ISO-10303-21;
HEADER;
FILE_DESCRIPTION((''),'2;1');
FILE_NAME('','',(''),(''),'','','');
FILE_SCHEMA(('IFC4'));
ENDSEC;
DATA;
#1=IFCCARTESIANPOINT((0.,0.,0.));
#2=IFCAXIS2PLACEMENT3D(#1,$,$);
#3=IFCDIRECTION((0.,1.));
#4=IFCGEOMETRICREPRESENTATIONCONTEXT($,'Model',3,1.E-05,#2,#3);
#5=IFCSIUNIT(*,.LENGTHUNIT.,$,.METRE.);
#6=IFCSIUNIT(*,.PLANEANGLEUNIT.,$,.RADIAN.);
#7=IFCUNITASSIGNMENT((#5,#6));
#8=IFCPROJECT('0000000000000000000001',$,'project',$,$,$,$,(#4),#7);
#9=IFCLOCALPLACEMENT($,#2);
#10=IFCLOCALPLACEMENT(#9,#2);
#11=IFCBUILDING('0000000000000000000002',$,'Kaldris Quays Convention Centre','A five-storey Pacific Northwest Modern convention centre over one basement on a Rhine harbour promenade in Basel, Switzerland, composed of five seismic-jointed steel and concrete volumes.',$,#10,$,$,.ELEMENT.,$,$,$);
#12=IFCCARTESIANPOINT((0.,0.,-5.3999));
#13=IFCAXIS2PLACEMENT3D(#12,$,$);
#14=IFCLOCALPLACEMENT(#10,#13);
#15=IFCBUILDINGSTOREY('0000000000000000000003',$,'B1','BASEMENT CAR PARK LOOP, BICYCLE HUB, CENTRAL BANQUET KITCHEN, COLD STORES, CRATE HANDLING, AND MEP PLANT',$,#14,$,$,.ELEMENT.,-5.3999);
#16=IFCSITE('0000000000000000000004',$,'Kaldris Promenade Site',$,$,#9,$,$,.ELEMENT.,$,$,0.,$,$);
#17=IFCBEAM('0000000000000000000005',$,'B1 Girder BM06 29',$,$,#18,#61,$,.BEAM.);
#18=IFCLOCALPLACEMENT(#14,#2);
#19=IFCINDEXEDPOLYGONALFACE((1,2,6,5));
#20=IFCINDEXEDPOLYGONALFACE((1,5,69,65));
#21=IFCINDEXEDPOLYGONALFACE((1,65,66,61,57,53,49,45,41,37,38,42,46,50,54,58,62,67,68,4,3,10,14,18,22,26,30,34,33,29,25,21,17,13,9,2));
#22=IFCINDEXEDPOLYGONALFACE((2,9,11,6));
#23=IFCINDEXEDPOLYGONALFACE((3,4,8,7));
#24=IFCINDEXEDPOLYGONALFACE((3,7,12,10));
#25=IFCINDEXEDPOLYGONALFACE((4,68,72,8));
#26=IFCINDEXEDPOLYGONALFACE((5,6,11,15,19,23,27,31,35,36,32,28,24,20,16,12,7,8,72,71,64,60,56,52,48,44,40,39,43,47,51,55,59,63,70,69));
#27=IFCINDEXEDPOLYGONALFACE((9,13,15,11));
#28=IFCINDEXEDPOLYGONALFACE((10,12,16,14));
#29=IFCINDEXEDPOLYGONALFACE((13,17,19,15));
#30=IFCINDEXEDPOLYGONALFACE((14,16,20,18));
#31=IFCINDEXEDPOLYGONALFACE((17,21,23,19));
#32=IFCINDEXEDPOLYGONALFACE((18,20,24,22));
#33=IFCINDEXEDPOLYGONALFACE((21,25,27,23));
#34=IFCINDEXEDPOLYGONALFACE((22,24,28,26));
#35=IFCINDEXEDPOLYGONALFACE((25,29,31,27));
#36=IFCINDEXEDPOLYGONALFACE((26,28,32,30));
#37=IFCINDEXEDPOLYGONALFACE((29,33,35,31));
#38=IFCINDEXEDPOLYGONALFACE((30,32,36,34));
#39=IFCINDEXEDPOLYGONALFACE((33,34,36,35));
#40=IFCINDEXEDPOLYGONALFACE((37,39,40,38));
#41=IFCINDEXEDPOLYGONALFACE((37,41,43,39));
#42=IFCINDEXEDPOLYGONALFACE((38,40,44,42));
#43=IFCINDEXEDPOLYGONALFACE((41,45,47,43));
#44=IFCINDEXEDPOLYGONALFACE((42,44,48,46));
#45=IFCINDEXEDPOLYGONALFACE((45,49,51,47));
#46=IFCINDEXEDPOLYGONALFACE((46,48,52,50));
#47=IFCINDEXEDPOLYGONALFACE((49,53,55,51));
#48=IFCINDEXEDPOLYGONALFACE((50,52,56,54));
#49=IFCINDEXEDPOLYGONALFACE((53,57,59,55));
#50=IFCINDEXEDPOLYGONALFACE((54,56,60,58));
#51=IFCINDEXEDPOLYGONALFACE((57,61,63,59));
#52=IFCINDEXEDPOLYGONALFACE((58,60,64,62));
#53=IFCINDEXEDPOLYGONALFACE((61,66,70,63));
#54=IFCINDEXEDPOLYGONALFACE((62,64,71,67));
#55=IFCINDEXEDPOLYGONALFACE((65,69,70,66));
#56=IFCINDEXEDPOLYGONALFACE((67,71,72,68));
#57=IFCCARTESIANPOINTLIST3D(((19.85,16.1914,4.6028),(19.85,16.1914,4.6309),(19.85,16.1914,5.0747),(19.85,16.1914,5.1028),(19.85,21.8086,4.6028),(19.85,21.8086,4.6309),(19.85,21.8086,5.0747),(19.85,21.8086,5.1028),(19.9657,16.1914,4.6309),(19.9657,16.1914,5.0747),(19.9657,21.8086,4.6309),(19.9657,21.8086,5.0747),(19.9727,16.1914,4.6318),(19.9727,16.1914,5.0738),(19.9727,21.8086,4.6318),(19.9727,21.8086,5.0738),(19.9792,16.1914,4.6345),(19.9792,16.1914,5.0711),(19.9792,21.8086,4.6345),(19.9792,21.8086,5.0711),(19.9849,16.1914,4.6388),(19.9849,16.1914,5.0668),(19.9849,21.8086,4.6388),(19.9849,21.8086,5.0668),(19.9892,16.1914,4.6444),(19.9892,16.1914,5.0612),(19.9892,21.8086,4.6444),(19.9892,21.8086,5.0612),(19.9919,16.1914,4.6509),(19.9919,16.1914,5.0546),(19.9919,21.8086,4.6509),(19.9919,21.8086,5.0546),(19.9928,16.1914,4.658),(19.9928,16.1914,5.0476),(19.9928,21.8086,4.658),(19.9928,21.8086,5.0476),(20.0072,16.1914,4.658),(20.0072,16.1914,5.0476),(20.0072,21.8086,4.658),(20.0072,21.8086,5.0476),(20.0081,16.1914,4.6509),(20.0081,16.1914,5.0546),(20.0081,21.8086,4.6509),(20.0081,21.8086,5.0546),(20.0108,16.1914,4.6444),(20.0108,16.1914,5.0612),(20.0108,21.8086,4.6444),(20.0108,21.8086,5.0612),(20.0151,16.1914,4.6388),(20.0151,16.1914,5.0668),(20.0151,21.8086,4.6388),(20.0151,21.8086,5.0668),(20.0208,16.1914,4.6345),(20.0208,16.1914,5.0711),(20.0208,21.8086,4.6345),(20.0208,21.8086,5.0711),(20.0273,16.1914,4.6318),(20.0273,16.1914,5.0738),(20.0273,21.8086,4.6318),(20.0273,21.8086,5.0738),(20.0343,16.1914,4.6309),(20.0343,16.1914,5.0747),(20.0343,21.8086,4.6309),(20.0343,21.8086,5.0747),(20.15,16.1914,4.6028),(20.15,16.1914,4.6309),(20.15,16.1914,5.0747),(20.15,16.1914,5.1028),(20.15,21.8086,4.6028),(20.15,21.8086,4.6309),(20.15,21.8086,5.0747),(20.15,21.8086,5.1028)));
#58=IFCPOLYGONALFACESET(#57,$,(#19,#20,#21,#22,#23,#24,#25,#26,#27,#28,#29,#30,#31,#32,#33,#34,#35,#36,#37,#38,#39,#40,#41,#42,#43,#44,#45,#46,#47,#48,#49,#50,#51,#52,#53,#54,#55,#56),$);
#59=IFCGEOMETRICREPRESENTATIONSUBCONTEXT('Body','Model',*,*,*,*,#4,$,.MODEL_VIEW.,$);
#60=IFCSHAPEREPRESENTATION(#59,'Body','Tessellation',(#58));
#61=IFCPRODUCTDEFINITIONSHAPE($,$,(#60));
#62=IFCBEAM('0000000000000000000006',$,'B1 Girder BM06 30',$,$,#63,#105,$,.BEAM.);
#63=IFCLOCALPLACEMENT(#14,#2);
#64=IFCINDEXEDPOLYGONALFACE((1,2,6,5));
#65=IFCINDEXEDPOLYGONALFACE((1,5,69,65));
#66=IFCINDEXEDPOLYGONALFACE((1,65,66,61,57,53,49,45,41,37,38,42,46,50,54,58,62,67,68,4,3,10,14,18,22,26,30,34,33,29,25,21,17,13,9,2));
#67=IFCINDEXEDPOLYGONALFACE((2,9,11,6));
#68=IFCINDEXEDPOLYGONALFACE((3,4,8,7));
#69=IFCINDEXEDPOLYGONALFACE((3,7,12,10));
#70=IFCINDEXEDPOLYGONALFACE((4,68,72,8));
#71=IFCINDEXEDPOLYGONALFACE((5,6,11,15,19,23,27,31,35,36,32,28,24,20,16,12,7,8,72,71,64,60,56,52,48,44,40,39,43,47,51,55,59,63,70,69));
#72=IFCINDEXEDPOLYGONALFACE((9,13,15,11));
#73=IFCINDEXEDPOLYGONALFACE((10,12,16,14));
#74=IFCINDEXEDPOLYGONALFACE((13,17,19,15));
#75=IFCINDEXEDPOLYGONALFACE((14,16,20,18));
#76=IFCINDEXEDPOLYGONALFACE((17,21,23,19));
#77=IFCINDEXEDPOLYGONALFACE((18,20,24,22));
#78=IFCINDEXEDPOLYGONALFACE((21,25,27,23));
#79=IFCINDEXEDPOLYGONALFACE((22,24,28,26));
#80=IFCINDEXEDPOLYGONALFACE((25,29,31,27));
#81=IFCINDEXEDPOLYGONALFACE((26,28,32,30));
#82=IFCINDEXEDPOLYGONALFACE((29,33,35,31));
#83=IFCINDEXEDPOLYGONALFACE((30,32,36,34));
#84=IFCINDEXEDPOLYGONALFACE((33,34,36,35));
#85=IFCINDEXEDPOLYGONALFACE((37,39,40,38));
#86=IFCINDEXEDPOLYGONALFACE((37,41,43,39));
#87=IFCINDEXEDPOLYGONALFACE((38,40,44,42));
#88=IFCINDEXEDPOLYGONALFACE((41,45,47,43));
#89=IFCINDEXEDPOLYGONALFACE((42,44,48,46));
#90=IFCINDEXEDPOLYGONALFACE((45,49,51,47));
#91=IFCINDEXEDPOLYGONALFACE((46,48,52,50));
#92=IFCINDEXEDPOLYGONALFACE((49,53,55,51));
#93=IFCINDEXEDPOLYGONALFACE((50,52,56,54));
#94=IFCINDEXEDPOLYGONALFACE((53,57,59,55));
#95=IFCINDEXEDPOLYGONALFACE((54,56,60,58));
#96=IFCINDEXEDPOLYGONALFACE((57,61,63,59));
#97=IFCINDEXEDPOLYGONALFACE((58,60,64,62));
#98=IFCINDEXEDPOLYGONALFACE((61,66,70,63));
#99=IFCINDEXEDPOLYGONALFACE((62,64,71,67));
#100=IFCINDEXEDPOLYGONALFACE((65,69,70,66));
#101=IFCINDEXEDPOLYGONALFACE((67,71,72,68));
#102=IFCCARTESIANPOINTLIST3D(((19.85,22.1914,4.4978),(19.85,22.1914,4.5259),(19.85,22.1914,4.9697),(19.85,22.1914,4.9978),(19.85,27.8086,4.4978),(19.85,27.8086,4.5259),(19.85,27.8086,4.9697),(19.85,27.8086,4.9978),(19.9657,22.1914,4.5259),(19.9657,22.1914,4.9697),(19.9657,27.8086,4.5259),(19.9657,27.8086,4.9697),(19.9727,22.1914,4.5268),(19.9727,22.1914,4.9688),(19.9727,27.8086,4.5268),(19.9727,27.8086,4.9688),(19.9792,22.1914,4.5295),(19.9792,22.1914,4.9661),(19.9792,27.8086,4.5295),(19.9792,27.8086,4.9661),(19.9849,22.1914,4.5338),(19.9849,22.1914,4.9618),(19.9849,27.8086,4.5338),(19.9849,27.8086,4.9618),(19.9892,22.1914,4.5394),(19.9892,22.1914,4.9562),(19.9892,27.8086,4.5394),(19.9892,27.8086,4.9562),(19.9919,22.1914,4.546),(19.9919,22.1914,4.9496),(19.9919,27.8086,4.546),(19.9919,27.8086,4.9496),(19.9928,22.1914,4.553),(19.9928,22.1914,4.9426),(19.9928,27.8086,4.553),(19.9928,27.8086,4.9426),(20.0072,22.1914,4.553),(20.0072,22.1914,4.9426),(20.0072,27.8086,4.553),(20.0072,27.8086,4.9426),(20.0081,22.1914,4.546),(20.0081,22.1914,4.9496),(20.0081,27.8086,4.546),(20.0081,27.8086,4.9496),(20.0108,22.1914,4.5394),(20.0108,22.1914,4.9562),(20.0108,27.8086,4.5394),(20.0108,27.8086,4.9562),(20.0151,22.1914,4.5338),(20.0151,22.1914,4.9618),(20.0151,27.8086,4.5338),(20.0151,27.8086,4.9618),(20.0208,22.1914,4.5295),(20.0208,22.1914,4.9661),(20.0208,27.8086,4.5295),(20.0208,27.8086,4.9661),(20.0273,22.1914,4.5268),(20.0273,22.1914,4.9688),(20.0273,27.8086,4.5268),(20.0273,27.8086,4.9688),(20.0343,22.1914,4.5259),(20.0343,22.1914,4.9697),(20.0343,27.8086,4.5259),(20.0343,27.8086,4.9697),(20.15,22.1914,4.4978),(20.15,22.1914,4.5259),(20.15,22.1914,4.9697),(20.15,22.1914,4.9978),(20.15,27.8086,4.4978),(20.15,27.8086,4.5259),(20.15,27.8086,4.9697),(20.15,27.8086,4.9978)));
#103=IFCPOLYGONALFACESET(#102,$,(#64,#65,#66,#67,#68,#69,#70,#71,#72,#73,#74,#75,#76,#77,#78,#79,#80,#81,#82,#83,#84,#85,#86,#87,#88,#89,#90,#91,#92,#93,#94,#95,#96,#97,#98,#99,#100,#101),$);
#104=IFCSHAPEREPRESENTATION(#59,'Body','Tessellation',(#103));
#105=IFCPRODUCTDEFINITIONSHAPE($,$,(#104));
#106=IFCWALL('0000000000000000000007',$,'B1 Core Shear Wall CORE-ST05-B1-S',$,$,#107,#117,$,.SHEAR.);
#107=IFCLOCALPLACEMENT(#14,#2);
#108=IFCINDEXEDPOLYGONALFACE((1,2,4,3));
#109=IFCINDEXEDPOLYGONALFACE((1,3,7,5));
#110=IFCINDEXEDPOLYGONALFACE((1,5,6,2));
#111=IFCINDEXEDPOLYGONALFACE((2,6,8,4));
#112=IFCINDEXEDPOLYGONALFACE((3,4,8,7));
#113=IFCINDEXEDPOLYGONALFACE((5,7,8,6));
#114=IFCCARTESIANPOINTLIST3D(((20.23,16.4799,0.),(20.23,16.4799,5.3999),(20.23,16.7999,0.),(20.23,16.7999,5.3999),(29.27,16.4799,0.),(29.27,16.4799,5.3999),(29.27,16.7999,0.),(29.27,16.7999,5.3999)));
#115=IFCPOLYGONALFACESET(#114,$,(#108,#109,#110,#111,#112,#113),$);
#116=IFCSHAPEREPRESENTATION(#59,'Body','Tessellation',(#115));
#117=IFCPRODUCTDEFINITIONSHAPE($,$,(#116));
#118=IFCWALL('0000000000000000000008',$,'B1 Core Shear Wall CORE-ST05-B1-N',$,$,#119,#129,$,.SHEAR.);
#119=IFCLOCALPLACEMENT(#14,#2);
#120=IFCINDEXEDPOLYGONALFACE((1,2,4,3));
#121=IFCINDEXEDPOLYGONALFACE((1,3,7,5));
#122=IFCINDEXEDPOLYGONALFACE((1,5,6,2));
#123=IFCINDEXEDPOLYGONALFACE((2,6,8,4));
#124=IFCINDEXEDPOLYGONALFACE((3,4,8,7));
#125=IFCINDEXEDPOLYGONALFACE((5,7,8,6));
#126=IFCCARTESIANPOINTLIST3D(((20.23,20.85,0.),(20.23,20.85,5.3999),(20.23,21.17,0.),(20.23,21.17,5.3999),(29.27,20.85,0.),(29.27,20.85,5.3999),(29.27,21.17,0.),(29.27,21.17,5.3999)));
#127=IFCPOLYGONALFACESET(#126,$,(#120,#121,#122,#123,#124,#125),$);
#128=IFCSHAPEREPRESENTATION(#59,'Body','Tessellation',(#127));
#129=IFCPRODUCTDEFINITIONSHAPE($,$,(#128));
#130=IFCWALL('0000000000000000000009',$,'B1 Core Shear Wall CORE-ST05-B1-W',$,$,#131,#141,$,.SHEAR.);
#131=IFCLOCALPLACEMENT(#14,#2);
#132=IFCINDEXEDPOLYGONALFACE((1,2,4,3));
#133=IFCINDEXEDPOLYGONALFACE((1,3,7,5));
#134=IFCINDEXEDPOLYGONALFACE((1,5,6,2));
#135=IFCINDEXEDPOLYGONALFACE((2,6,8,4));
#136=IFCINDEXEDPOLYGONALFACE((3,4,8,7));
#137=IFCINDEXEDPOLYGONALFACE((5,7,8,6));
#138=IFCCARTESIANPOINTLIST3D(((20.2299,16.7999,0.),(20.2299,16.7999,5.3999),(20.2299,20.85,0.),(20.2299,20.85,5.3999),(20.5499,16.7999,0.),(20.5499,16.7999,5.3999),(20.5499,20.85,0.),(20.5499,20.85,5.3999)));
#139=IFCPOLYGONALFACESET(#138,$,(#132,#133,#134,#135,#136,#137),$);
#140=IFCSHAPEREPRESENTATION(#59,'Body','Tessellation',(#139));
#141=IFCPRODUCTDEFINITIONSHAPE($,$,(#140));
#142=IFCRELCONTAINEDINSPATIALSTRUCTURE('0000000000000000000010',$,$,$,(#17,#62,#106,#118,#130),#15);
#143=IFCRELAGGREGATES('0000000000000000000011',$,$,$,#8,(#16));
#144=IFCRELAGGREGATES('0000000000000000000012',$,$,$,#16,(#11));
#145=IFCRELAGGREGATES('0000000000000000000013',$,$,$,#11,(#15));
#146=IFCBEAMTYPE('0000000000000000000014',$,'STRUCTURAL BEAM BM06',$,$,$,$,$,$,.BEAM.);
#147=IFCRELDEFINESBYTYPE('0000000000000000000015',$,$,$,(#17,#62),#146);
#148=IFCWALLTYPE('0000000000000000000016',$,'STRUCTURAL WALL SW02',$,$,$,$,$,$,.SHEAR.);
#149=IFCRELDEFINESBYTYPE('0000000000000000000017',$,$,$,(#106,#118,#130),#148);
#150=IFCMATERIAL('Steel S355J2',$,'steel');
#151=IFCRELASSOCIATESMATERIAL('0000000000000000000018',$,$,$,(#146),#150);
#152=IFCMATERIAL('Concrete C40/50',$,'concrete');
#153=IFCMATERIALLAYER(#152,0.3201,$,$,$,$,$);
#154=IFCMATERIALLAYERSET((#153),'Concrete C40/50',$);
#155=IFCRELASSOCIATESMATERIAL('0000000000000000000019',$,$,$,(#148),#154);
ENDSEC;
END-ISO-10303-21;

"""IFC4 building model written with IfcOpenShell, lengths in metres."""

from ifc_helpers import new_model, si_unit, direction, frame, frame_2d, origin, origin_2d, place, context, subcontext, project, spatial, rectangle, i_section, extrude, material, layer, layer_set, material_profile, profile_set, type_object, element, save


model = new_model("IFC4")

# Units and contexts
model_context = context("Model", 3, precision=1e-05, world=origin(), true_north=direction((0.0, 1.0)))
body_context = subcontext(model_context, "Body", "Model", "MODEL_VIEW")
ifc_project = project(units=[si_unit("LENGTHUNIT", "METRE"), si_unit("PLANEANGLEUNIT", "RADIAN")], contexts=[model_context])

# Site, building, storey
site_placement = place(None, origin())
site = spatial("IfcSite", under=ifc_project, at=site_placement, Name="Kaldris Promenade Site", CompositionType="ELEMENT", RefElevation=0.0)
building_placement = place(site_placement, origin())
building = spatial("IfcBuilding", under=site, at=building_placement, Name="Kaldris Quays Convention Centre", Description="A five-storey Pacific Northwest Modern convention centre over one basement on a Rhine harbour promenade in Basel, Switzerland, composed of five seismic-jointed steel and concrete volumes.", CompositionType="ELEMENT")
storey_placement = place(building_placement, frame((0.0, 0.0, -5.3999)))
storey = spatial("IfcBuildingStorey", under=building, at=storey_placement, Name="B1", Description="BASEMENT CAR PARK LOOP, BICYCLE HUB, CENTRAL BANQUET KITCHEN, COLD STORES, CRATE HANDLING, AND MEP PLANT", CompositionType="ELEMENT", Elevation=-5.3999)

# Beams
ifc_material_1 = material(Name="Steel S355J2", Category="steel")
ifc_material_profile_1 = material_profile(ifc_material_1, i_section(OverallWidth=0.3, OverallDepth=0.5, WebThickness=0.0144, FlangeThickness=0.0281, FilletRadius=0.0271, at=origin_2d()), Name="HEB 500")
ifc_profile_set_1 = profile_set([ifc_material_profile_1], Name="Steel S355J2")
beam_type_1 = type_object("IfcBeamType", Name="STRUCTURAL BEAM BM06", PredefinedType="BEAM", material=ifc_profile_set_1)
for number, where, z_axis, x_axis, name in (
    (1, (20.0, 16.1914, 4.8528), (0.0, 1.0, 0.0), (-1.0, 0.0, 0.0), "B1 Girder BM06 29"),
    (2, (20.0, 22.1914, 4.7478), (0.0, 1.0, 0.0), (-1.0, 0.0, 0.0), "B1 Girder BM06 30"),
):
    element("IfcBeam", number, at=place(storey_placement, frame(where, z_axis=z_axis, x_axis=x_axis)), inside=storey, type_object=beam_type_1, Name=name, PredefinedType="BEAM", context=body_context, shape_type="SweptSolid", body=[
        extrude(i_section(OverallWidth=0.3, OverallDepth=0.5, WebThickness=0.0144, FlangeThickness=0.0281, FilletRadius=0.0271, at=origin_2d()), origin(), (0.0, 0.0, 1.0), 5.6172),
    ])

# Walls
ifc_material_2 = material(Name="Concrete C40/50", Category="concrete")
ifc_layer = layer(ifc_material_2, 0.3201)
ifc_layer_set = layer_set([ifc_layer], Name="Concrete C40/50")
wall_type = type_object("IfcWallType", Name="STRUCTURAL WALL SW02", PredefinedType="SHEAR", material=ifc_layer_set)
for number, where, z_axis, x_axis, name in (
    (3, (20.23, 16.6399, 0.0), (0.0, 0.0, 1.0), (1.0, 0.0, 0.0), "B1 Core Shear Wall CORE-ST05-B1-S"),
    (4, (20.23, 21.01, 0.0), (0.0, 0.0, 1.0), (1.0, 0.0, 0.0), "B1 Core Shear Wall CORE-ST05-B1-N"),
):
    element("IfcWall", number, at=place(storey_placement, frame(where, z_axis=z_axis, x_axis=x_axis)), inside=storey, type_object=wall_type, Name=name, PredefinedType="SHEAR", context=body_context, shape_type="SweptSolid", body=[
        extrude(rectangle(XDim=9.04, YDim=0.3201, at=frame_2d((4.52, 0.0))), origin(), (0.0, 0.0, 1.0), 5.3999),
    ])
wall_placement = place(storey_placement, frame((20.3899, 16.8, 0.0), z_axis=(0.0, 0.0, 1.0), x_axis=(0.0, 1.0, 0.0)))
element("IfcWall", 5, at=wall_placement, inside=storey, type_object=wall_type, Name="B1 Core Shear Wall CORE-ST05-B1-W", PredefinedType="SHEAR", context=body_context, shape_type="SweptSolid", body=[
    extrude(rectangle(XDim=4.05, YDim=0.3201, at=frame_2d((2.0249, 0.0))), origin(), (0.0, 0.0, 1.0), 5.3999),
])

save(model, "model.ifc")
